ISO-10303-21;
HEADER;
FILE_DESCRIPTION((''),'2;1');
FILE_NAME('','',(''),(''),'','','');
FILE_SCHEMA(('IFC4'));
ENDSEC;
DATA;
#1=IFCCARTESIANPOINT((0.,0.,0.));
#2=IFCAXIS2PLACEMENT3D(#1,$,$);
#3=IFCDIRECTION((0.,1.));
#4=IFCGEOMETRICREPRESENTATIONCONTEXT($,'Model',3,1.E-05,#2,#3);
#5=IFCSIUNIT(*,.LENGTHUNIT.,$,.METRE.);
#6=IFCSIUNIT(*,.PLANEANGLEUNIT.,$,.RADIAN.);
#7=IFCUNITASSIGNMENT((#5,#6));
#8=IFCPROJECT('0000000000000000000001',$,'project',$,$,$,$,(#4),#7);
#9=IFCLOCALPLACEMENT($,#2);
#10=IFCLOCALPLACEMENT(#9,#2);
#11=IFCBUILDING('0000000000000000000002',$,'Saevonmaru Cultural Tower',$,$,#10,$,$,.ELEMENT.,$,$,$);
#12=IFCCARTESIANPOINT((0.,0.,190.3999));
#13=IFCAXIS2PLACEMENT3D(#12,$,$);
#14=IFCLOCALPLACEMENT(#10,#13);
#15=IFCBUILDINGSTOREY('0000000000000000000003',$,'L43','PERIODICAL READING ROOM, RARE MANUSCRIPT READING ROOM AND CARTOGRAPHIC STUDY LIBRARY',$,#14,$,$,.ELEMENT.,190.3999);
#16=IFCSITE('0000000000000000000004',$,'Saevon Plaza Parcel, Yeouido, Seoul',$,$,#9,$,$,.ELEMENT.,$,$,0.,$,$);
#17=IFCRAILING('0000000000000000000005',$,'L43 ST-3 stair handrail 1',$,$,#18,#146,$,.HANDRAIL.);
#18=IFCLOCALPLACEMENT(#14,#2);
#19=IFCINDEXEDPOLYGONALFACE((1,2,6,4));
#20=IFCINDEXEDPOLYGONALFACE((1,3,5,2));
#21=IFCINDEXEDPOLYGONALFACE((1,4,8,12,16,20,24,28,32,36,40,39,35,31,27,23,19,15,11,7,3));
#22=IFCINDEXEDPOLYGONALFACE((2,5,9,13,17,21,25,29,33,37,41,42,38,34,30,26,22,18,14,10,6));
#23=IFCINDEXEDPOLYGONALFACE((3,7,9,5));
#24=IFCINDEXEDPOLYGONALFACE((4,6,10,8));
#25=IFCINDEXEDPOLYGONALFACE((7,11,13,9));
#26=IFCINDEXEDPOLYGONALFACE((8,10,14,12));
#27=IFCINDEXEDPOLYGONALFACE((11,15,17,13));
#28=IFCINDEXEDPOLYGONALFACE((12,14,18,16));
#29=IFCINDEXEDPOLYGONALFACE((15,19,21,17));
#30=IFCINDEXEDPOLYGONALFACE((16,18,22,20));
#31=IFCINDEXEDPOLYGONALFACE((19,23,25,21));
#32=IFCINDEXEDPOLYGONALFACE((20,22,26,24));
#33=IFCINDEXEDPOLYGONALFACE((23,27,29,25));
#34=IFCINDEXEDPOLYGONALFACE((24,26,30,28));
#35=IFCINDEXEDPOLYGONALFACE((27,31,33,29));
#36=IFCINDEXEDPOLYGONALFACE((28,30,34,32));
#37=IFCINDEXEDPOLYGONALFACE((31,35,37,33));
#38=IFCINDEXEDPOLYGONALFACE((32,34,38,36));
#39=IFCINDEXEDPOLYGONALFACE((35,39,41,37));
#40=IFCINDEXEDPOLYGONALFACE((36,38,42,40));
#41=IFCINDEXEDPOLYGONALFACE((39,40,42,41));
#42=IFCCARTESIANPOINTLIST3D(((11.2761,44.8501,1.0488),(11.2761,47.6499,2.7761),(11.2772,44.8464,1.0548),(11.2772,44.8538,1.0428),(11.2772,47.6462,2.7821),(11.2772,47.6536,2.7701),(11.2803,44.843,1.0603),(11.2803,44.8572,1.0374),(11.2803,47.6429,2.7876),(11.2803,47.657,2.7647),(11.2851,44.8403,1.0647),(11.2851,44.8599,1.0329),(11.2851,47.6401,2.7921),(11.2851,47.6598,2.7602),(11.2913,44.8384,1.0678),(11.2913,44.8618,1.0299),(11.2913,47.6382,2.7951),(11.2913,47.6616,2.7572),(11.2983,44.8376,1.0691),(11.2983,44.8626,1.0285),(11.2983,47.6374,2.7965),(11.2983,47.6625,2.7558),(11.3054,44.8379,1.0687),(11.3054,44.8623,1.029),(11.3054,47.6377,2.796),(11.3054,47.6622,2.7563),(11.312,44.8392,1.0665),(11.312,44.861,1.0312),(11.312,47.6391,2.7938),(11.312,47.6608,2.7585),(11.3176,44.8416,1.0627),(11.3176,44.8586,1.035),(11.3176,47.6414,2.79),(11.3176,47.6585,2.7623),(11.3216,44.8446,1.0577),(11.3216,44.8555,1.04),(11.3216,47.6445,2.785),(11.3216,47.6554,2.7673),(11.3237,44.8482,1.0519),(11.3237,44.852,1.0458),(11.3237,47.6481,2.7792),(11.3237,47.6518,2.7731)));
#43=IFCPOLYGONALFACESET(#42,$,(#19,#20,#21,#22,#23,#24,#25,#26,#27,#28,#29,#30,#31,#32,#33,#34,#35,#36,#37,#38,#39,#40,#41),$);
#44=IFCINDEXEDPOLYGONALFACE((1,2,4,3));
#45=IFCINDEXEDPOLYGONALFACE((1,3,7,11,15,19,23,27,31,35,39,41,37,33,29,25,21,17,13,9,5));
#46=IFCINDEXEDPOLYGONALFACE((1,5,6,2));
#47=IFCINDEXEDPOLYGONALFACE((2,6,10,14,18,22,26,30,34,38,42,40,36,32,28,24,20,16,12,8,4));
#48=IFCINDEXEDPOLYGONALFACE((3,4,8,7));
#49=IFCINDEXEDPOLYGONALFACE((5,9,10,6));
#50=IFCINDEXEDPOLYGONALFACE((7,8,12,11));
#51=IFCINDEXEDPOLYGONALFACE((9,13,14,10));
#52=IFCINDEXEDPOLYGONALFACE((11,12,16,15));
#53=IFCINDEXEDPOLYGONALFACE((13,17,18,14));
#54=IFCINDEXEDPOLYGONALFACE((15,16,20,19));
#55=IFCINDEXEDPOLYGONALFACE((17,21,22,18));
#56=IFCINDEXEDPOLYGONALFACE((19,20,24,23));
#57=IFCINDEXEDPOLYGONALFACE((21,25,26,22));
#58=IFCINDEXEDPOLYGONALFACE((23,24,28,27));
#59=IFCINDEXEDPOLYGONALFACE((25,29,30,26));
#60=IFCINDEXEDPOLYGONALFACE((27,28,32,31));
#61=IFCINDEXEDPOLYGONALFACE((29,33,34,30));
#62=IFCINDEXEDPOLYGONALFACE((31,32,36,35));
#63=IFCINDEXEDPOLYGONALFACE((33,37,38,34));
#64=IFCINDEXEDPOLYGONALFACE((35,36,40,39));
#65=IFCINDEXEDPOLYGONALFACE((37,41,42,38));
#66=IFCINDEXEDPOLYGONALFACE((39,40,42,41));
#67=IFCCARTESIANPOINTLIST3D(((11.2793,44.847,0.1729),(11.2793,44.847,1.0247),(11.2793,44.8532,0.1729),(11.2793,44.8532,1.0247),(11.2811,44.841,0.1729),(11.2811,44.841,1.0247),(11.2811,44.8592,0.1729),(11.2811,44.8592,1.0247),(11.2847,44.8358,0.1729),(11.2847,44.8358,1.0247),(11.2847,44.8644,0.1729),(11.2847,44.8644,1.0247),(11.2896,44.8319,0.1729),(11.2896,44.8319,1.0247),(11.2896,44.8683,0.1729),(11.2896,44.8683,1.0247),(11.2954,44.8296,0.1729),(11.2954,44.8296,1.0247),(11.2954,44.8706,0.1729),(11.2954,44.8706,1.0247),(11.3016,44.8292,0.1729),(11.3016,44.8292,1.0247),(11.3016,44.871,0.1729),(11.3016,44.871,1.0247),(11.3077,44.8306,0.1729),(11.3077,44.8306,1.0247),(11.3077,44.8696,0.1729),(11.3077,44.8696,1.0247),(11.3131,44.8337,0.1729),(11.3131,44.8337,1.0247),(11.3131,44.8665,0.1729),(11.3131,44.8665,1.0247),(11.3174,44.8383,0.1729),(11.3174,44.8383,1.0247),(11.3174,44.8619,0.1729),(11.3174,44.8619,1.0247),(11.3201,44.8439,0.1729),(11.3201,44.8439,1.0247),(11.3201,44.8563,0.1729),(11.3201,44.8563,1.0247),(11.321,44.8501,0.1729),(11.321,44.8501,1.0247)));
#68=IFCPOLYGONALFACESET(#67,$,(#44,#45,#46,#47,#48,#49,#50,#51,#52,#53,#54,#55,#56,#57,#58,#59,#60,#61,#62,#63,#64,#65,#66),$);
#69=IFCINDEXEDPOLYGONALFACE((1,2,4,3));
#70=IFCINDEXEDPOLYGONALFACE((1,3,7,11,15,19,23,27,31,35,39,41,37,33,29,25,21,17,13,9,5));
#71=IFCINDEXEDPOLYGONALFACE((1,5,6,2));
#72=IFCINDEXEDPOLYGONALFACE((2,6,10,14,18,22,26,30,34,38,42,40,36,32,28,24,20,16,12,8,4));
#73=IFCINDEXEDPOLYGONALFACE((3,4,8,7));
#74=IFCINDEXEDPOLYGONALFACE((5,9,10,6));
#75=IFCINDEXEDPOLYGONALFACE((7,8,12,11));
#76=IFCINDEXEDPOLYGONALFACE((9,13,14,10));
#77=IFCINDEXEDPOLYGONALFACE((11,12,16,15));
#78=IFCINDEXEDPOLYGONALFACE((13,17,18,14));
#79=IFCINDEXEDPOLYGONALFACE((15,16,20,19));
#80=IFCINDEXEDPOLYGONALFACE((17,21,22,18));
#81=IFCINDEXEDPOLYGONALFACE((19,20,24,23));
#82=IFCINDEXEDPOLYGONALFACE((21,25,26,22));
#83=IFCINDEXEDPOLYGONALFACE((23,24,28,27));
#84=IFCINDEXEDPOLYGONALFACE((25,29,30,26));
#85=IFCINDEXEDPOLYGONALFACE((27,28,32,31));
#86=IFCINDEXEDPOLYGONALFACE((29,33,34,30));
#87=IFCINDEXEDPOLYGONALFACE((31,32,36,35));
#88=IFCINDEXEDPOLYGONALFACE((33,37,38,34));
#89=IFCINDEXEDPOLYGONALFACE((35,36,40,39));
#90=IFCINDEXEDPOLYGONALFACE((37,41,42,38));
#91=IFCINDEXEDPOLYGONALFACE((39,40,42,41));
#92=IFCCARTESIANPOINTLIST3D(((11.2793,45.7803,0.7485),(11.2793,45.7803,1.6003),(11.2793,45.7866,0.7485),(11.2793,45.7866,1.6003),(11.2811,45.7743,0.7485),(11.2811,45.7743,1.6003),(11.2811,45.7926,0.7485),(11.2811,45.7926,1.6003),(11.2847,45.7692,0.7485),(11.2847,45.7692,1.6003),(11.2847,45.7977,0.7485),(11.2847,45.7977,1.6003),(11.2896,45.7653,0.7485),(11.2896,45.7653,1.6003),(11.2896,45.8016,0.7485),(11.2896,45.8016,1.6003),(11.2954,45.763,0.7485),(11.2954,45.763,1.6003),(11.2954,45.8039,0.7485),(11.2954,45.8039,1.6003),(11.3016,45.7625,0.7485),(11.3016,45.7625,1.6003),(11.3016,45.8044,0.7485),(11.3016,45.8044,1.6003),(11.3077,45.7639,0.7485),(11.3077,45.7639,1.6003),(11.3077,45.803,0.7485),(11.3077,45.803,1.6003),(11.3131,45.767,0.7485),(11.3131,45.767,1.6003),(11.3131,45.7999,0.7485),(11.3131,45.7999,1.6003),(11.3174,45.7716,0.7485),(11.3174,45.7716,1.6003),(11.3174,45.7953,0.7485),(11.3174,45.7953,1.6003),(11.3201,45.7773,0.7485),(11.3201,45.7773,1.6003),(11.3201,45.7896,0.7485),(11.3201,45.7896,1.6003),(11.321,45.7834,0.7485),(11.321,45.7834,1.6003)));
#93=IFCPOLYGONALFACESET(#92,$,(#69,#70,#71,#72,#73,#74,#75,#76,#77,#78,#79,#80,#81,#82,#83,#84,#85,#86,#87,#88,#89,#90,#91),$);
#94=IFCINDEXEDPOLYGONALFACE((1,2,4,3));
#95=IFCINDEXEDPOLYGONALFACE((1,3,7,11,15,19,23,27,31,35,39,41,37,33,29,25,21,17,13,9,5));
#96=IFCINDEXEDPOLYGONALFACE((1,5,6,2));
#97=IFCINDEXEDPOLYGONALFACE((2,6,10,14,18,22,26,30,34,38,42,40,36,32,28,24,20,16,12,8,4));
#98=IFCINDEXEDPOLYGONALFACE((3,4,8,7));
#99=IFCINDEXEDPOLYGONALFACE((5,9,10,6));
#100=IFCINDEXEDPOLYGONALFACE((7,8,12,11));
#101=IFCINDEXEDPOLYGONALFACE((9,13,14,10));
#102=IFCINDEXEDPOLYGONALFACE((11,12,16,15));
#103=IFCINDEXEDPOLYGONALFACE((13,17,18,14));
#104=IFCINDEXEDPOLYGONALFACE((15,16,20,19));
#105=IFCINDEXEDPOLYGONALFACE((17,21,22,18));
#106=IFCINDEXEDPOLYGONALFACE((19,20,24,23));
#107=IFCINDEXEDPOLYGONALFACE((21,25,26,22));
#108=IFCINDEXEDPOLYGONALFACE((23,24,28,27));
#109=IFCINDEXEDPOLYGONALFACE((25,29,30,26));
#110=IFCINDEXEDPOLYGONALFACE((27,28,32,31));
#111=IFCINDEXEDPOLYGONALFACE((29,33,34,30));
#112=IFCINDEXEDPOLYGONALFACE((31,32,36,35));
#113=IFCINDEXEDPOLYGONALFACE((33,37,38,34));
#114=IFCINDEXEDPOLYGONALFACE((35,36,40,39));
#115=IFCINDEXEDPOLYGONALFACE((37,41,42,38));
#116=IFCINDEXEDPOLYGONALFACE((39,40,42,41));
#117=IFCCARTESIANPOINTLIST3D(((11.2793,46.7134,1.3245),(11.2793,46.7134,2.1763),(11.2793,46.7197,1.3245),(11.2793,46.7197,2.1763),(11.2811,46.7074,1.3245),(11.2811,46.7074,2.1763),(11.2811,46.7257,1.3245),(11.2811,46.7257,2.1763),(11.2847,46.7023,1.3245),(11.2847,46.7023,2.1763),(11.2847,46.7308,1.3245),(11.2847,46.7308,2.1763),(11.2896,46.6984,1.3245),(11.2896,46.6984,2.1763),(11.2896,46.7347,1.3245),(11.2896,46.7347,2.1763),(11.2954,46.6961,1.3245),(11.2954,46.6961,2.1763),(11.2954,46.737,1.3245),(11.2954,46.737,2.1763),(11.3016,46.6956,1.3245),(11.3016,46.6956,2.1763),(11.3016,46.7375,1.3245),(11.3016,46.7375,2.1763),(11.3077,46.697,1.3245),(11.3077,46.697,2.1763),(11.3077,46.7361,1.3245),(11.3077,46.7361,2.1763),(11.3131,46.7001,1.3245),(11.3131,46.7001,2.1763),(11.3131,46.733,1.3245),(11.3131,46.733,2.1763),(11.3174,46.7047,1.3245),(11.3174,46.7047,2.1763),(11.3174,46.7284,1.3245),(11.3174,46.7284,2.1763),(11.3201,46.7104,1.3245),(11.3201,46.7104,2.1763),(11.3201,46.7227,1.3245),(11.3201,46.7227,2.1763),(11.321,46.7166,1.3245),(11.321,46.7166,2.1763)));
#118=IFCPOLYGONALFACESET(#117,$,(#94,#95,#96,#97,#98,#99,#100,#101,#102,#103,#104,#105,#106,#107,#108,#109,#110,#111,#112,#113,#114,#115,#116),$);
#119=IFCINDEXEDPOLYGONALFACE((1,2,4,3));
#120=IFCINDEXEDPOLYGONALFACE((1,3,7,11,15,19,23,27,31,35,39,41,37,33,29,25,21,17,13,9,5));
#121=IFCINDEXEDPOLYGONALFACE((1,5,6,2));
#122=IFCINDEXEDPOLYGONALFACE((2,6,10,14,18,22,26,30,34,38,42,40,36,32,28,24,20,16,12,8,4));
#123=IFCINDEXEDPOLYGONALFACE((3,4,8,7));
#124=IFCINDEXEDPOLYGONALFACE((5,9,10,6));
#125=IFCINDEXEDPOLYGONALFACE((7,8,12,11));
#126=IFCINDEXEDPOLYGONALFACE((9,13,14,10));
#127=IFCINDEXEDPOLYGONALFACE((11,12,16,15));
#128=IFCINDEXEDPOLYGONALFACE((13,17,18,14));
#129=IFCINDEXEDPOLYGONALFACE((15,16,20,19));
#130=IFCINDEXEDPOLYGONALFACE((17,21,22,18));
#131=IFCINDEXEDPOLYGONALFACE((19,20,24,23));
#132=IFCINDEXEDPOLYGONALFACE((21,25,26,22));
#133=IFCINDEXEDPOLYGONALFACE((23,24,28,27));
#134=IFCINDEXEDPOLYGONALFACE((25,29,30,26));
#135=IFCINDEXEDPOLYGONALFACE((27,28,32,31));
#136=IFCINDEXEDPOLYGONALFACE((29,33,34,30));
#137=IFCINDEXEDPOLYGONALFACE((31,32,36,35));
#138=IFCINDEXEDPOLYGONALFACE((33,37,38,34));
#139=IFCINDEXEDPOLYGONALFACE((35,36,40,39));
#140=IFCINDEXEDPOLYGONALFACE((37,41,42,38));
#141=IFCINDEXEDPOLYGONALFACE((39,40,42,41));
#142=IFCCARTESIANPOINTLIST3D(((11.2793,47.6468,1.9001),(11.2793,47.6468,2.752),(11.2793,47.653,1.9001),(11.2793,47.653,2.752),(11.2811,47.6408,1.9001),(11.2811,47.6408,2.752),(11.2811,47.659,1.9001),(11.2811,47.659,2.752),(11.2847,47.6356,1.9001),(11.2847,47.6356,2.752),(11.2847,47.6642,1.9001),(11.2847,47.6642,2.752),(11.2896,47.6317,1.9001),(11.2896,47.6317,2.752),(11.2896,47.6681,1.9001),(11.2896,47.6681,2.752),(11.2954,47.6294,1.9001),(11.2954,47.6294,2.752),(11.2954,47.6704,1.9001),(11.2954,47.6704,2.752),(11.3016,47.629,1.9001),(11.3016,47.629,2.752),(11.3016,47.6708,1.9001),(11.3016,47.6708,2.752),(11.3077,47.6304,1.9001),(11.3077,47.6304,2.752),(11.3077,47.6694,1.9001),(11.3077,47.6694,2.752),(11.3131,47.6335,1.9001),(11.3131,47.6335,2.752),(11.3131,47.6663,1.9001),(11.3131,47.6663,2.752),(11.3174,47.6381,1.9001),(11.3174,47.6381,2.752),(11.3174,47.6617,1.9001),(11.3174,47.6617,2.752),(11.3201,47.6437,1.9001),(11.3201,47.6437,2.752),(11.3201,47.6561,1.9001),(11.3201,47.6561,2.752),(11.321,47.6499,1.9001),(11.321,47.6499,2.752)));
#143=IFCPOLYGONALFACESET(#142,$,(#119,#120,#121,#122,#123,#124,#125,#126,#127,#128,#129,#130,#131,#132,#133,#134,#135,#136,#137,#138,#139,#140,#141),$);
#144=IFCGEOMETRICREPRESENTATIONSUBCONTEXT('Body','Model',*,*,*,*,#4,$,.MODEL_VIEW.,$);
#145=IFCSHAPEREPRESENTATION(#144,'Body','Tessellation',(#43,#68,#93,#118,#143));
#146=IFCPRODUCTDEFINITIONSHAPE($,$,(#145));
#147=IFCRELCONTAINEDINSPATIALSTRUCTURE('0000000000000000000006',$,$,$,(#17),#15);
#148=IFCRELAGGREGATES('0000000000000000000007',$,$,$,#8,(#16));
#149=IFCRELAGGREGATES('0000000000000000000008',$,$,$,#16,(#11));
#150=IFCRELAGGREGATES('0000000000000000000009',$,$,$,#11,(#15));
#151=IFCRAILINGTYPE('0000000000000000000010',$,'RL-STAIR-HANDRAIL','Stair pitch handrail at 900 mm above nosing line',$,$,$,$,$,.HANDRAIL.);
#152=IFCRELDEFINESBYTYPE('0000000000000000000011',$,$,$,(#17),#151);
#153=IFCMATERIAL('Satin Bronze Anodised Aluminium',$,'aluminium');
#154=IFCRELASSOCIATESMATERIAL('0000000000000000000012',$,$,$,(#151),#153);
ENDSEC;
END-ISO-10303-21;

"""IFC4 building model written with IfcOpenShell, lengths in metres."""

from ifc_helpers import new_model, si_unit, direction, frame, origin, origin_2d, place, context, subcontext, project, spatial, circle, extrude, material, type_object, element, save


model = new_model("IFC4")

# Units and contexts
model_context = context("Model", 3, precision=1e-05, world=origin(), true_north=direction((0.0, 1.0)))
body_context = subcontext(model_context, "Body", "Model", "MODEL_VIEW")
ifc_project = project(units=[si_unit("LENGTHUNIT", "METRE"), si_unit("PLANEANGLEUNIT", "RADIAN")], contexts=[model_context])

# Site, building, storey
site_placement = place(None, origin())
site = spatial("IfcSite", under=ifc_project, at=site_placement, Name="Saevon Plaza Parcel, Yeouido, Seoul", CompositionType="ELEMENT", RefElevation=0.0)
building_placement = place(site_placement, origin())
building = spatial("IfcBuilding", under=site, at=building_placement, Name="Saevonmaru Cultural Tower", CompositionType="ELEMENT")
storey_placement = place(building_placement, frame((0.0, 0.0, 190.3999)))
storey = spatial("IfcBuildingStorey", under=building, at=storey_placement, Name="L43", Description="PERIODICAL READING ROOM, RARE MANUSCRIPT READING ROOM AND CARTOGRAPHIC STUDY LIBRARY", CompositionType="ELEMENT", Elevation=190.3999)

# Shared definitions
ifc_material_1 = material(Name="Satin Bronze Anodised Aluminium", Category="aluminium")

# Railing
railing_type_1 = type_object("IfcRailingType", Name="RL-STAIR-HANDRAIL", Description="Stair pitch handrail at 900 mm above nosing line", PredefinedType="HANDRAIL", material=ifc_material_1)
railing_1_placement = place(storey_placement, frame((11.3, 44.8501, 0.1729)))
element("IfcRailing", 1, at=railing_1_placement, inside=storey, type_object=railing_type_1, Name="L43 ST-3 stair handrail 1", PredefinedType="HANDRAIL", context=body_context, shape_type="SweptSolid", body=[
    extrude(circle(Radius=0.0239, at=origin_2d()), frame((0.0, 0.0, 0.876), z_axis=(0.0, 0.851069, 0.525054), x_axis=(-1.0, 0.0, 0.0)), (0.0, 0.0, 1.0), 3.2898),
    extrude(circle(Radius=0.021, at=origin_2d()), origin(), (0.0, 0.0, 1.0), 0.8518),
    extrude(circle(Radius=0.021, at=origin_2d()), frame((0.0, 0.9333, 0.5757)), (0.0, 0.0, 1.0), 0.8518),
    extrude(circle(Radius=0.021, at=origin_2d()), frame((0.0, 1.8665, 1.1516)), (0.0, 0.0, 1.0), 0.8518),
    extrude(circle(Radius=0.021, at=origin_2d()), frame((0.0, 2.7998, 1.7273)), (0.0, 0.0, 1.0), 0.8518),
])

save(model, "model.ifc")
